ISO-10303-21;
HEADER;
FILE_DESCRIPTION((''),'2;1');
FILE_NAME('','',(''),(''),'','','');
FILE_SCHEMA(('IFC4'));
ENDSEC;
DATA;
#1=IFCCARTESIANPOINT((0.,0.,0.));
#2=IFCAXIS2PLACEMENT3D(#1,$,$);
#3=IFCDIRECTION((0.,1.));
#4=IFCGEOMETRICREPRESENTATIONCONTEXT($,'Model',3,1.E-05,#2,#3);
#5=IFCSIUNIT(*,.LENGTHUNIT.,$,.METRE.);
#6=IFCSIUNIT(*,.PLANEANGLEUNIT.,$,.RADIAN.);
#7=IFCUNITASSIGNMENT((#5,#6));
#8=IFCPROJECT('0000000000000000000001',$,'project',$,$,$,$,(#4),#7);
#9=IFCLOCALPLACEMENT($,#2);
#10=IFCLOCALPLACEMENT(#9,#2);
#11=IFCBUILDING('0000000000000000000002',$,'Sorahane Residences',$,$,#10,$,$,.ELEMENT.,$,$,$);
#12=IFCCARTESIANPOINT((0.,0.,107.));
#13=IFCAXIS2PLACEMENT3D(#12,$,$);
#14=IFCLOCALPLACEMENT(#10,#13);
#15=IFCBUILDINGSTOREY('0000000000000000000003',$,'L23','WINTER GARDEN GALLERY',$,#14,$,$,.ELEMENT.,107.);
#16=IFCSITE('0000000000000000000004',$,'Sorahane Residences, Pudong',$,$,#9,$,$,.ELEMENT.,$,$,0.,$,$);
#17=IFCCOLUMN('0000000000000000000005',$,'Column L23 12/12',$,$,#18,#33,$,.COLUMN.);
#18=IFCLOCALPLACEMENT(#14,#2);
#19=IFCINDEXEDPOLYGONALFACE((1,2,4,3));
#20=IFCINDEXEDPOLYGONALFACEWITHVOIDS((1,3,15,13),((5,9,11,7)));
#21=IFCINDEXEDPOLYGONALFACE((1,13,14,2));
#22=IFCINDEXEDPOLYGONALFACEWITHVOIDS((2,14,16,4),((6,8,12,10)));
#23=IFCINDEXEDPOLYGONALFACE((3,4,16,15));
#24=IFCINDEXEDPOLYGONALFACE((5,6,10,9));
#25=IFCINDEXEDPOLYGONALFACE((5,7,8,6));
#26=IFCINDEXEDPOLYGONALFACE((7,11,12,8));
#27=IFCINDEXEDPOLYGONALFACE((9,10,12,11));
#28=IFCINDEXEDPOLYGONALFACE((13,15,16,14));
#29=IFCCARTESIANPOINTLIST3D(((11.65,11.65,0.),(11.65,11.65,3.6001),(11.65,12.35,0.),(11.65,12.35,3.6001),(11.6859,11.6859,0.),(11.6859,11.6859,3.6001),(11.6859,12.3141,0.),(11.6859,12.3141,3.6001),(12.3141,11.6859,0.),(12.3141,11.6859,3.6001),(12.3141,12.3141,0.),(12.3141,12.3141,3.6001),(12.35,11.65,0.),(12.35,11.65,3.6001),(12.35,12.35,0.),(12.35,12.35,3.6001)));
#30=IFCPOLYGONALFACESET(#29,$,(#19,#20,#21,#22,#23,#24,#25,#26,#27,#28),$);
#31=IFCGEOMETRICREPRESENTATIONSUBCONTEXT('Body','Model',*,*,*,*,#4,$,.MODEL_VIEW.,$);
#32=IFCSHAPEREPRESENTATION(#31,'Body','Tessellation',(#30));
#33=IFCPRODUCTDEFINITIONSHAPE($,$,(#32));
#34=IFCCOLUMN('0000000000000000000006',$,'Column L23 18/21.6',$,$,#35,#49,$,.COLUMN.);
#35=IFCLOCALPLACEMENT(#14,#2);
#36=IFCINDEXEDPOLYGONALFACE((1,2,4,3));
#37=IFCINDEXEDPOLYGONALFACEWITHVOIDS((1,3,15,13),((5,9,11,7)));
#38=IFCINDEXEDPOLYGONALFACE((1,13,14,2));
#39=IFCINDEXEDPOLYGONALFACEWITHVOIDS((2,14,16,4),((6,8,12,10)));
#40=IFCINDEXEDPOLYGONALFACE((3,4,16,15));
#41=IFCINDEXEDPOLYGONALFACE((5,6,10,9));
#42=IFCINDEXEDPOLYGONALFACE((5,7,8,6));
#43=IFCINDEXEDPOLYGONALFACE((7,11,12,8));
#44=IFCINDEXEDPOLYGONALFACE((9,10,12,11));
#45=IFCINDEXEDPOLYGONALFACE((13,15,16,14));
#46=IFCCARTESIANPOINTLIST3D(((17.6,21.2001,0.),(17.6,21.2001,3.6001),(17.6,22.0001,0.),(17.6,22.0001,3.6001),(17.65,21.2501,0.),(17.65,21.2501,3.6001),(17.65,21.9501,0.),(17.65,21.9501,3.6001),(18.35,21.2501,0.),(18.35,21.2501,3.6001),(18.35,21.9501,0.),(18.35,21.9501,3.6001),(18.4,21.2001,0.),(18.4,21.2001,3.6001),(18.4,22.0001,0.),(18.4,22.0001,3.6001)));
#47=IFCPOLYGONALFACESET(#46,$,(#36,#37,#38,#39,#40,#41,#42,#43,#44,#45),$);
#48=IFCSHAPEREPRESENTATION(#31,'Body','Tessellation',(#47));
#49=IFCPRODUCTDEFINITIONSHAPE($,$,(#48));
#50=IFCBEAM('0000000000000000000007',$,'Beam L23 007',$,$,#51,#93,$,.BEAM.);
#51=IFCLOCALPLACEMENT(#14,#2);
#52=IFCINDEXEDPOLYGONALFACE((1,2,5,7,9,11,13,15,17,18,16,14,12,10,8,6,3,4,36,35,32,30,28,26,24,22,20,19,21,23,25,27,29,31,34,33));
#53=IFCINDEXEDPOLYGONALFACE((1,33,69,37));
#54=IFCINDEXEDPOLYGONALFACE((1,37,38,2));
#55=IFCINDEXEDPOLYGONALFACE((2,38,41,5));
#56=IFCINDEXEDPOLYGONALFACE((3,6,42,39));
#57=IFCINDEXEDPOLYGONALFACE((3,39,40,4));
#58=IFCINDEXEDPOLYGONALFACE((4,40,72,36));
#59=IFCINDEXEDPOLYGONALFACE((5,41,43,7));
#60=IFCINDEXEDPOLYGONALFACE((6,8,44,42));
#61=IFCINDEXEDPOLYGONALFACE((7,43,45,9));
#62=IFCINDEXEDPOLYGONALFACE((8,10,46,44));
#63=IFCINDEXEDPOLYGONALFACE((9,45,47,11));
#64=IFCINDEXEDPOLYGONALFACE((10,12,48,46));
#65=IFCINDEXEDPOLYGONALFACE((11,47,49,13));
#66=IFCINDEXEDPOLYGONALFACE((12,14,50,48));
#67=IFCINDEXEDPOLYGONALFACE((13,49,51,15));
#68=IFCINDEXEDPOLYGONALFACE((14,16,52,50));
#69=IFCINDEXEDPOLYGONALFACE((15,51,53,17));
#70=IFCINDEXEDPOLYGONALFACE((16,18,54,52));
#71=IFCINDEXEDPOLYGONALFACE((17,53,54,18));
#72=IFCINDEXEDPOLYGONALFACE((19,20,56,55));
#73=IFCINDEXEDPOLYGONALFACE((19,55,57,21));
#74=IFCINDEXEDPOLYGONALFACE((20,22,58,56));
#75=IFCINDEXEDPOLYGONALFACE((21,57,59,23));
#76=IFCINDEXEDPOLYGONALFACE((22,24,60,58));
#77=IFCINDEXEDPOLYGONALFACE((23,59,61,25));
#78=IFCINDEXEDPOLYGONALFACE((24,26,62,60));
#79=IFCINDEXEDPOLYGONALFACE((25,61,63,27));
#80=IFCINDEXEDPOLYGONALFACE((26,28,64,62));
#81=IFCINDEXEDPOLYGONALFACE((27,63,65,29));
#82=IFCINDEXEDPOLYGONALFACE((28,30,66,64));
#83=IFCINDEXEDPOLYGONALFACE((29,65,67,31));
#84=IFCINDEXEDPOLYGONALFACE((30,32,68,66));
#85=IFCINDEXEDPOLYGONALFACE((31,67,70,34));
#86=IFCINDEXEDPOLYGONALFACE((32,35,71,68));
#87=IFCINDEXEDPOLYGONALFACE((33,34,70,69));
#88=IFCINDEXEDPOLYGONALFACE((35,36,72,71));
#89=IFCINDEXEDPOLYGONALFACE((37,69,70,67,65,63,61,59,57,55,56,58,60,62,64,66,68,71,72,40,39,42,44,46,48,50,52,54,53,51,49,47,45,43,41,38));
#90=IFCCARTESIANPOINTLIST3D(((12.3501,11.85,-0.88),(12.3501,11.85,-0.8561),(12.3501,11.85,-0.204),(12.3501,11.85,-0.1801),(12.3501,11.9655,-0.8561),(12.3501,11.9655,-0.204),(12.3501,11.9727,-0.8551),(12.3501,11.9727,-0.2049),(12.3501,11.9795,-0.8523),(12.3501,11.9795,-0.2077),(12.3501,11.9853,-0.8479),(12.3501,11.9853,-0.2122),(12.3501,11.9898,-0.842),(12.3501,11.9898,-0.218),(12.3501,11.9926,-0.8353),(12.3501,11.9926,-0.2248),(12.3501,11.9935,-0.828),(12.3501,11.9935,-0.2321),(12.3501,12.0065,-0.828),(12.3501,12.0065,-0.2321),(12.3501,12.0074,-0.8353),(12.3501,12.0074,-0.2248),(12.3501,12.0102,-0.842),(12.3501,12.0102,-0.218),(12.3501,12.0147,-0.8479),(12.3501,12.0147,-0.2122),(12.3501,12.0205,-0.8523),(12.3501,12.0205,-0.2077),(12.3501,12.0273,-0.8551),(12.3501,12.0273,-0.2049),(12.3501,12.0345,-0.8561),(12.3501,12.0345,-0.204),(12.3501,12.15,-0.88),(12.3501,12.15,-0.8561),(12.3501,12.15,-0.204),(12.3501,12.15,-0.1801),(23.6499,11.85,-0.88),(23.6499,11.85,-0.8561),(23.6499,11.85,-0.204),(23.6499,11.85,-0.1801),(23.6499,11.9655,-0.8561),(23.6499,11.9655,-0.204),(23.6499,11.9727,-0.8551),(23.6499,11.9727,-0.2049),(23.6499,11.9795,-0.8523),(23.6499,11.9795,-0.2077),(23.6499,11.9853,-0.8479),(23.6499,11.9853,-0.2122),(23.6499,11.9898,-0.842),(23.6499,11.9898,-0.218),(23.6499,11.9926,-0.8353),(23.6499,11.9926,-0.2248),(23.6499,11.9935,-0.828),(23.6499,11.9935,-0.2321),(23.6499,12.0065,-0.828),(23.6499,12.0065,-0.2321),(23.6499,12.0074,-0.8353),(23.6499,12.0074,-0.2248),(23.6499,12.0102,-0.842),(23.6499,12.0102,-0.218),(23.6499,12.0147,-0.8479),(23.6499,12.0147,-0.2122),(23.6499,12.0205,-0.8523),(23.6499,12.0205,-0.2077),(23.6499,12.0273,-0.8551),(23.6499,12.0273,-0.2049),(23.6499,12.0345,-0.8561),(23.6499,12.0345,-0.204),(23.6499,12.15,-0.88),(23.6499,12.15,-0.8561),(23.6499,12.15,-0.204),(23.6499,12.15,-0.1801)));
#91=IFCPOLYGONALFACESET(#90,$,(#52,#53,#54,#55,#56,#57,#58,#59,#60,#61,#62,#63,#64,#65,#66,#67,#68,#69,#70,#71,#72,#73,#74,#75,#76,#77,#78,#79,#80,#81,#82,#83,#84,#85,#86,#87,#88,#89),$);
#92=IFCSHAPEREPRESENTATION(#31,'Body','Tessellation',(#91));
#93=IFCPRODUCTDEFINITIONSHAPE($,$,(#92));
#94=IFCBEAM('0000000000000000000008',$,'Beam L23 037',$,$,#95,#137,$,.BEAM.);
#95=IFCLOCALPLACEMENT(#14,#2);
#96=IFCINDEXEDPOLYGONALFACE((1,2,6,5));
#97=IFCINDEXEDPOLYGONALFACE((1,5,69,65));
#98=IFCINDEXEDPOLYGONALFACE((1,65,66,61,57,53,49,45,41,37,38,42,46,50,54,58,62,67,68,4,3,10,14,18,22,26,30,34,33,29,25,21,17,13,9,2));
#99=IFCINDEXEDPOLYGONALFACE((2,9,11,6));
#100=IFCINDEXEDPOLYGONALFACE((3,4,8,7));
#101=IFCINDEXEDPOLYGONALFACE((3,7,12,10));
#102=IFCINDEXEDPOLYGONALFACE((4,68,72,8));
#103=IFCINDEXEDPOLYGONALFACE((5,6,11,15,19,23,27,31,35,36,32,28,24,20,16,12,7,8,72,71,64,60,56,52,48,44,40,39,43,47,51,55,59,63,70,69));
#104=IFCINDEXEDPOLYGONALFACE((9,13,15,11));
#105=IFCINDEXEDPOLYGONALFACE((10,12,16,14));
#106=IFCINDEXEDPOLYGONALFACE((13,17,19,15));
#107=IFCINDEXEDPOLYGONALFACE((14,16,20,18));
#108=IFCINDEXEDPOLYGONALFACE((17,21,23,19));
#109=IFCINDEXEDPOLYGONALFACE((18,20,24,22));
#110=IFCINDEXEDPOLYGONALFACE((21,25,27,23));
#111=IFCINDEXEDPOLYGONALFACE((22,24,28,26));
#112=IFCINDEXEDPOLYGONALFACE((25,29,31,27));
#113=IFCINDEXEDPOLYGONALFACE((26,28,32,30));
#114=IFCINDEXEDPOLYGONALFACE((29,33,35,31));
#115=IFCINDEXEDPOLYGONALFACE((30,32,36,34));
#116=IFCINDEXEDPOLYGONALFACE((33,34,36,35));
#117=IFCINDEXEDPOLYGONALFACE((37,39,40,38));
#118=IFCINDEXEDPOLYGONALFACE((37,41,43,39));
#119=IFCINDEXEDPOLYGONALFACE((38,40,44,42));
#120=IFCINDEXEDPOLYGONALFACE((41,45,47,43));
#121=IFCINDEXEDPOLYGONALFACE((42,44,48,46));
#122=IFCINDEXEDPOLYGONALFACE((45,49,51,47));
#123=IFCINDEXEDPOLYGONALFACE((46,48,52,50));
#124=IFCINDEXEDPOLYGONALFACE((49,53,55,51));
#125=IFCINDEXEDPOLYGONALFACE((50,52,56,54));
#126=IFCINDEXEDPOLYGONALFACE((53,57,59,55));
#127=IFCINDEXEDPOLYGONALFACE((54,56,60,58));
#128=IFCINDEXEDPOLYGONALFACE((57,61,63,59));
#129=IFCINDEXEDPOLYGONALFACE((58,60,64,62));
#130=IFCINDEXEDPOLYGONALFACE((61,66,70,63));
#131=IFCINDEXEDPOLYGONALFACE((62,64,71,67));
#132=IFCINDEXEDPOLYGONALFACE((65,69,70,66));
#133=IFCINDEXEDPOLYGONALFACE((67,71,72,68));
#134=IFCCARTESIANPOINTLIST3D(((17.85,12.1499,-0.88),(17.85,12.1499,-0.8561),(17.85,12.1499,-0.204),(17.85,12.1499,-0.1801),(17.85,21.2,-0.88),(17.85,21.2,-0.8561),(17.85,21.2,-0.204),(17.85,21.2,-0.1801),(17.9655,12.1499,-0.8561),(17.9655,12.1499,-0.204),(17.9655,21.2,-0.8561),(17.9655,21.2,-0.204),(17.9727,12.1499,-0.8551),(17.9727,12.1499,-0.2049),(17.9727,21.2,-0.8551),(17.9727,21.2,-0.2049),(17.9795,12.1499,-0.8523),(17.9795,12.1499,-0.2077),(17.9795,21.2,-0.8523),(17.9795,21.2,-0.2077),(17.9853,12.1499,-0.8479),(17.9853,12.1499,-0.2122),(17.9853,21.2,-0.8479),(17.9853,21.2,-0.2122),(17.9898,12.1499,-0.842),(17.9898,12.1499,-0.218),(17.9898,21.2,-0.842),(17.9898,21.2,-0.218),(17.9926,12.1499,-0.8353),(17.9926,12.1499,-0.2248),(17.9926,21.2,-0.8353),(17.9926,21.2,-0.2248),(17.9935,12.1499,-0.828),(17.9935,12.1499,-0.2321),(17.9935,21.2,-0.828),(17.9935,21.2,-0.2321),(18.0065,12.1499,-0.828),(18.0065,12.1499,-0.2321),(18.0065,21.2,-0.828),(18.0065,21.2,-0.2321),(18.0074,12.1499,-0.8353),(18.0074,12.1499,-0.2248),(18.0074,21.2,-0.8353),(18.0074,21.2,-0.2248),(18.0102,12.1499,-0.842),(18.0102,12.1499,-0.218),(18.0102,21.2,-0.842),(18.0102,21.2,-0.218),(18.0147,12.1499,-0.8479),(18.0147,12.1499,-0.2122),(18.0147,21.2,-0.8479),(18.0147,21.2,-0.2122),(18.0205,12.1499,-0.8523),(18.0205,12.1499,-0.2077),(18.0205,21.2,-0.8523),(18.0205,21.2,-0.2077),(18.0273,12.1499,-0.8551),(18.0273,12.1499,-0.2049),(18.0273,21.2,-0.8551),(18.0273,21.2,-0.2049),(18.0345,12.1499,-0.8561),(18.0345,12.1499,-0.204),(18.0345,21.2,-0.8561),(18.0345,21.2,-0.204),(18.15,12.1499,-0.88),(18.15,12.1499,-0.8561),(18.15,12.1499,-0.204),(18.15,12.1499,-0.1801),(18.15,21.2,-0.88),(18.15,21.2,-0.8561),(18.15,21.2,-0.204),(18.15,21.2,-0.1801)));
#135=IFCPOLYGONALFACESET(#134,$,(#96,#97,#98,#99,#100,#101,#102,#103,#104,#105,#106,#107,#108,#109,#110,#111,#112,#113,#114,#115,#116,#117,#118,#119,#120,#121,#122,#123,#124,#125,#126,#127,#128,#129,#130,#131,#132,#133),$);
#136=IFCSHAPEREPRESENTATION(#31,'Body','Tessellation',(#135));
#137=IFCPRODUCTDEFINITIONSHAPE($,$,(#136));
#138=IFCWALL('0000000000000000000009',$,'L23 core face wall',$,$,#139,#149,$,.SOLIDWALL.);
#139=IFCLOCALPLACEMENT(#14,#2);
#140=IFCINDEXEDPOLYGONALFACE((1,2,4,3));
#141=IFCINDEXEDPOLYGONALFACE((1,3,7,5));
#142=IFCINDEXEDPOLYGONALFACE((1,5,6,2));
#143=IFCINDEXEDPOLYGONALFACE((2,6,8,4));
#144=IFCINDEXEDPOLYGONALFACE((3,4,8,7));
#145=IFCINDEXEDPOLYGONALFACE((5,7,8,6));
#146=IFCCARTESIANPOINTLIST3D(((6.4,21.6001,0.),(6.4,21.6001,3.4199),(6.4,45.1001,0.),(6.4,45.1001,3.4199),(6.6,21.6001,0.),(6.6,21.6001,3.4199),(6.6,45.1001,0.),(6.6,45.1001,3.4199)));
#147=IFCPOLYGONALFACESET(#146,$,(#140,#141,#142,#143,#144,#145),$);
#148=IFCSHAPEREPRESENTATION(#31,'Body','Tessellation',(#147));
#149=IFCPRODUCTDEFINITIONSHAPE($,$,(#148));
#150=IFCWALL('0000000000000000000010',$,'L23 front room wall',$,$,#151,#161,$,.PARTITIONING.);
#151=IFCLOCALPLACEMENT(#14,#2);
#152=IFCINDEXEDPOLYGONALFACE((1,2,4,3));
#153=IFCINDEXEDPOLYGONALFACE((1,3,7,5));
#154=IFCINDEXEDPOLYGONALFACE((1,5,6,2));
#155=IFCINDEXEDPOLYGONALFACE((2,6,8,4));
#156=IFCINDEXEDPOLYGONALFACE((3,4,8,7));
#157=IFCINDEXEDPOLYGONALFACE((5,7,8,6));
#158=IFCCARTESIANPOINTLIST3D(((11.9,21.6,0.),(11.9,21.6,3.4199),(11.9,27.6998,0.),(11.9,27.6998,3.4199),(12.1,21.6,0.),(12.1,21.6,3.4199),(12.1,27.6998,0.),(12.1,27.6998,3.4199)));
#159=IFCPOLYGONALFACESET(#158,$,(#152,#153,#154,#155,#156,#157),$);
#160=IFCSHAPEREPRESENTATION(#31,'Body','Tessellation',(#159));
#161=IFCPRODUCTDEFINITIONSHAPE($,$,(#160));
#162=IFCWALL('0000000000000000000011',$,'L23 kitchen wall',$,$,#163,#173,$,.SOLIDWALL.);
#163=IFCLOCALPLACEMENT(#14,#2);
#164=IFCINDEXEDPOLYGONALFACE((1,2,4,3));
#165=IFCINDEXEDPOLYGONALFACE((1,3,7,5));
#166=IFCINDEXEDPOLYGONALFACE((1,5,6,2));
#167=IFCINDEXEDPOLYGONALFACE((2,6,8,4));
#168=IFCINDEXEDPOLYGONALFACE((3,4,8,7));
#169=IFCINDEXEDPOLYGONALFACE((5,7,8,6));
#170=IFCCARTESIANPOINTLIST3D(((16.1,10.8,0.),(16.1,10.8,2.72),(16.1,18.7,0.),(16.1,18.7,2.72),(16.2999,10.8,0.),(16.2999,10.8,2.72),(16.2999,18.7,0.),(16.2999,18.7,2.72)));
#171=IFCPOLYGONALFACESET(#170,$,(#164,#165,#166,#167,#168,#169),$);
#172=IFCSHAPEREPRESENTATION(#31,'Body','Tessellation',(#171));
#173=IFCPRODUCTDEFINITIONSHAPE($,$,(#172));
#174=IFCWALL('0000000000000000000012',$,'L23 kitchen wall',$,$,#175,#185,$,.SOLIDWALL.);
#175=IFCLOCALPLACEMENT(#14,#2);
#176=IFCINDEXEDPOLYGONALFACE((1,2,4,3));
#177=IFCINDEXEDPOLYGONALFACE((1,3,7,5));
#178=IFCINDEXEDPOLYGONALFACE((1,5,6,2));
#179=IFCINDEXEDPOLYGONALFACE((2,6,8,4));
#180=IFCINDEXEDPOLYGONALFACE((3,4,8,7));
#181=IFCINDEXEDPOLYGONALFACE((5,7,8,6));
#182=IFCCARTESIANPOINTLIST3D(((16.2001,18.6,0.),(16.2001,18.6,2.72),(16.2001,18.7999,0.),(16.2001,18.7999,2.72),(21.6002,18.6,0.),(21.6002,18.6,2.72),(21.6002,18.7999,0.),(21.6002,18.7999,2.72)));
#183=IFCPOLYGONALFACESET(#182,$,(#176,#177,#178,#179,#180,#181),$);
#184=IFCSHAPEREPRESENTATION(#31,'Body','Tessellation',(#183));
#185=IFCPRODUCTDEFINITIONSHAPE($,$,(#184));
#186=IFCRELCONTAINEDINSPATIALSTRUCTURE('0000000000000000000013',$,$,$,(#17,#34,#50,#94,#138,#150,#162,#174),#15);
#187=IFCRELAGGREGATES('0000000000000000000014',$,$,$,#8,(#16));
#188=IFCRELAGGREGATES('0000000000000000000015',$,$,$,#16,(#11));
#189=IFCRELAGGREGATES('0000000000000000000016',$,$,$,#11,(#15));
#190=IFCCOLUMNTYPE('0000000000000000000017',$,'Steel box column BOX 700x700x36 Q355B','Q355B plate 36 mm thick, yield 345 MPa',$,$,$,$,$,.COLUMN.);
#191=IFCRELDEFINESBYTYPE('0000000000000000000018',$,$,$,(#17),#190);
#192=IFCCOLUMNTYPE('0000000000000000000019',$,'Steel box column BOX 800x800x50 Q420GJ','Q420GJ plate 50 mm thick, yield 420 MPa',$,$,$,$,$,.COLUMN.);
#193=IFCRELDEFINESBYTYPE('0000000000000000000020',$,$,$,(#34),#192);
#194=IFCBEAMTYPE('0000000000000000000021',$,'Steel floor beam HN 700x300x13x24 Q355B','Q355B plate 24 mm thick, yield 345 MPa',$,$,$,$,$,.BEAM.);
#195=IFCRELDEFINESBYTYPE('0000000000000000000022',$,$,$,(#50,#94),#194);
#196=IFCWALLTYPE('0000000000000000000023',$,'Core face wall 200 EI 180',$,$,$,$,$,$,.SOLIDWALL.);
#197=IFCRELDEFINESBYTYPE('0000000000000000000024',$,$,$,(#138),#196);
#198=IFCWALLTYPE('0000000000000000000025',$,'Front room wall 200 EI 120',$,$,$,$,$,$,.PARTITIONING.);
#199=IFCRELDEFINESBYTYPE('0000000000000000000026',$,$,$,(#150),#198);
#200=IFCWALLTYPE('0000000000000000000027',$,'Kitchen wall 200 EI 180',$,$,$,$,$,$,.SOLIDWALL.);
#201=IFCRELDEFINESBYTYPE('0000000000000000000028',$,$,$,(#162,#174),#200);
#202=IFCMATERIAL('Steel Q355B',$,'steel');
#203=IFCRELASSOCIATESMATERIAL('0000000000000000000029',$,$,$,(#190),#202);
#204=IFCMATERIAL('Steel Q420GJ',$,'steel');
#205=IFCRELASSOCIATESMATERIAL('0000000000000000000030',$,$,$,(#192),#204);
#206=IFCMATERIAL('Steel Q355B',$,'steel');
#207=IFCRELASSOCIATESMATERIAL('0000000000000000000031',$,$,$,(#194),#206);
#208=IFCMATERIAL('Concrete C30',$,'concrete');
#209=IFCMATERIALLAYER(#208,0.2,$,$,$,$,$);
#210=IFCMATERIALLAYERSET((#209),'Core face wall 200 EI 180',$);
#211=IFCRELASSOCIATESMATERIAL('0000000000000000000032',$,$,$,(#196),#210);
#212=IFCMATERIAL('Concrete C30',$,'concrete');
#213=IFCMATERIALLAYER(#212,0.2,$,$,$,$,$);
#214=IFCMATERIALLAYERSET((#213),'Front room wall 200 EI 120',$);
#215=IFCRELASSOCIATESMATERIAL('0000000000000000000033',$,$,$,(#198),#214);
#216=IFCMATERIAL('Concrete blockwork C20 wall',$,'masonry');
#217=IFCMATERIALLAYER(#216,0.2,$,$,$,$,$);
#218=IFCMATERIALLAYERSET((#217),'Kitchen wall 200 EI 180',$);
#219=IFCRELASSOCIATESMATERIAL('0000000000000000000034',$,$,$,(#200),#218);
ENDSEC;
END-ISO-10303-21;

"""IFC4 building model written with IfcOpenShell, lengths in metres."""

from ifc_helpers import new_model, si_unit, direction, frame, frame_2d, origin, origin_2d, place, context, subcontext, project, spatial, rectangle, hollow_rectangle, i_section, extrude, material, layer, layer_set, material_profile, profile_set, type_object, element, save


model = new_model("IFC4")

# Units and contexts
model_context = context("Model", 3, precision=1e-05, world=origin(), true_north=direction((0.0, 1.0)))
body_context = subcontext(model_context, "Body", "Model", "MODEL_VIEW")
ifc_project = project(units=[si_unit("LENGTHUNIT", "METRE"), si_unit("PLANEANGLEUNIT", "RADIAN")], contexts=[model_context])

# Site, building, storey
site_placement = place(None, origin())
site = spatial("IfcSite", under=ifc_project, at=site_placement, Name="Sorahane Residences, Pudong", CompositionType="ELEMENT", RefElevation=0.0)
building_placement = place(site_placement, origin())
building = spatial("IfcBuilding", under=site, at=building_placement, Name="Sorahane Residences", CompositionType="ELEMENT")
storey_placement = place(building_placement, frame((0.0, 0.0, 107.0)))
storey = spatial("IfcBuildingStorey", under=building, at=storey_placement, Name="L23", Description="WINTER GARDEN GALLERY", CompositionType="ELEMENT", Elevation=107.0)

# Columns
ifc_material_1 = material(Name="Steel Q355B", Category="steel")
ifc_material_profile_1 = material_profile(ifc_material_1, hollow_rectangle(XDim=0.7, YDim=0.7, WallThickness=0.0359, at=origin_2d()), Name="BOX 700x700x36")
ifc_profile_set_1 = profile_set([ifc_material_profile_1], Name="Steel Q355B")
column_type_1 = type_object("IfcColumnType", Name="Steel box column BOX 700x700x36 Q355B", Description="Q355B plate 36 mm thick, yield 345 MPa", PredefinedType="COLUMN", material=ifc_profile_set_1)
column_1_placement = place(storey_placement, frame((12.0, 12.0, 0.0), z_axis=(0.0, 0.0, 1.0), x_axis=(1.0, 0.0, 0.0)))
element("IfcColumn", 1, at=column_1_placement, inside=storey, type_object=column_type_1, Name="Column L23 12/12", PredefinedType="COLUMN", context=body_context, shape_type="SweptSolid", body=[
    extrude(hollow_rectangle(XDim=0.7, YDim=0.7, WallThickness=0.0359, at=origin_2d()), origin(), (0.0, 0.0, 1.0), 3.6001),
])
ifc_material_2 = material(Name="Steel Q420GJ", Category="steel")
ifc_material_profile_2 = material_profile(ifc_material_2, hollow_rectangle(XDim=0.8, YDim=0.8, WallThickness=0.05, at=origin_2d()), Name="BOX 800x800x50")
ifc_profile_set_2 = profile_set([ifc_material_profile_2], Name="Steel Q420GJ")
column_type_2 = type_object("IfcColumnType", Name="Steel box column BOX 800x800x50 Q420GJ", Description="Q420GJ plate 50 mm thick, yield 420 MPa", PredefinedType="COLUMN", material=ifc_profile_set_2)
column_2_placement = place(storey_placement, frame((18.0, 21.6001, 0.0), z_axis=(0.0, 0.0, 1.0), x_axis=(1.0, 0.0, 0.0)))
element("IfcColumn", 2, at=column_2_placement, inside=storey, type_object=column_type_2, Name="Column L23 18/21.6", PredefinedType="COLUMN", context=body_context, shape_type="SweptSolid", body=[
    extrude(hollow_rectangle(XDim=0.8, YDim=0.8, WallThickness=0.05, at=origin_2d()), origin(), (0.0, 0.0, 1.0), 3.6001),
])

# Beams
ifc_material_3 = material(Name="Steel Q355B", Category="steel")
ifc_material_profile_3 = material_profile(ifc_material_3, i_section(OverallWidth=0.3, OverallDepth=0.7, WebThickness=0.0129, FlangeThickness=0.0239, FilletRadius=0.0281, at=origin_2d()), Name="HN 700x300x13x24")
ifc_profile_set_3 = profile_set([ifc_material_profile_3], Name="Steel Q355B")
beam_type = type_object("IfcBeamType", Name="Steel floor beam HN 700x300x13x24 Q355B", Description="Q355B plate 24 mm thick, yield 345 MPa", PredefinedType="BEAM", material=ifc_profile_set_3)
beam_1_placement = place(storey_placement, frame((12.3501, 12.0, -0.53), z_axis=(1.0, 0.0, 0.0), x_axis=(0.0, 1.0, 0.0)))
element("IfcBeam", 3, at=beam_1_placement, inside=storey, type_object=beam_type, Name="Beam L23 007", PredefinedType="BEAM", context=body_context, shape_type="SweptSolid", body=[
    extrude(i_section(OverallWidth=0.3, OverallDepth=0.7, WebThickness=0.0129, FlangeThickness=0.0239, FilletRadius=0.0281, at=origin_2d()), origin(), (0.0, 0.0, 1.0), 11.2998),
])
beam_2_placement = place(storey_placement, frame((18.0, 12.1499, -0.53), z_axis=(0.0, 1.0, 0.0), x_axis=(-1.0, 0.0, 0.0)))
element("IfcBeam", 4, at=beam_2_placement, inside=storey, type_object=beam_type, Name="Beam L23 037", PredefinedType="BEAM", context=body_context, shape_type="SweptSolid", body=[
    extrude(i_section(OverallWidth=0.3, OverallDepth=0.7, WebThickness=0.0129, FlangeThickness=0.0239, FilletRadius=0.0281, at=origin_2d()), origin(), (0.0, 0.0, 1.0), 9.05),
])

# Walls
ifc_material_4 = material(Name="Concrete C30", Category="concrete")
ifc_layer_1 = layer(ifc_material_4, 0.2)
ifc_layer_set_1 = layer_set([ifc_layer_1], Name="Core face wall 200 EI 180")
wall_type_1 = type_object("IfcWallType", Name="Core face wall 200 EI 180", PredefinedType="SOLIDWALL", material=ifc_layer_set_1)
wall_1_placement = place(storey_placement, frame((6.5, 21.6001, 0.0), z_axis=(0.0, 0.0, 1.0), x_axis=(0.0, 1.0, 0.0)))
element("IfcWall", 5, at=wall_1_placement, inside=storey, type_object=wall_type_1, Name="L23 core face wall", PredefinedType="SOLIDWALL", context=body_context, shape_type="SweptSolid", body=[
    extrude(rectangle(XDim=23.5, YDim=0.2, at=frame_2d((11.75, 0.0))), origin(), (0.0, 0.0, 1.0), 3.4199),
])
ifc_material_5 = material(Name="Concrete C30", Category="concrete")
ifc_layer_2 = layer(ifc_material_5, 0.2)
ifc_layer_set_2 = layer_set([ifc_layer_2], Name="Front room wall 200 EI 120")
wall_type_2 = type_object("IfcWallType", Name="Front room wall 200 EI 120", PredefinedType="PARTITIONING", material=ifc_layer_set_2)
wall_2_placement = place(storey_placement, frame((12.0, 21.6001, 0.0), z_axis=(0.0, 0.0, 1.0), x_axis=(0.0, 1.0, 0.0)))
element("IfcWall", 6, at=wall_2_placement, inside=storey, type_object=wall_type_2, Name="L23 front room wall", PredefinedType="PARTITIONING", context=body_context, shape_type="SweptSolid", body=[
    extrude(rectangle(XDim=6.0999, YDim=0.2, at=frame_2d((3.0498, 0.0))), origin(), (0.0, 0.0, 1.0), 3.4199),
])
ifc_material_6 = material(Name="Concrete blockwork C20 wall", Category="masonry")
ifc_layer_3 = layer(ifc_material_6, 0.2)
ifc_layer_set_3 = layer_set([ifc_layer_3], Name="Kitchen wall 200 EI 180")
wall_type_3 = type_object("IfcWallType", Name="Kitchen wall 200 EI 180", PredefinedType="SOLIDWALL", material=ifc_layer_set_3)
wall_3_placement = place(storey_placement, frame((16.2, 10.8, 0.0), z_axis=(0.0, 0.0, 1.0), x_axis=(0.0, 1.0, 0.0)))
element("IfcWall", 7, at=wall_3_placement, inside=storey, type_object=wall_type_3, Name="L23 kitchen wall", PredefinedType="SOLIDWALL", context=body_context, shape_type="SweptSolid", body=[
    extrude(rectangle(XDim=7.8999, YDim=0.2, at=frame_2d((3.95, 0.0))), origin(), (0.0, 0.0, 1.0), 2.72),
])

# Wall
wall_4_placement = place(storey_placement, frame((16.2, 18.7, 0.0), z_axis=(0.0, 0.0, 1.0), x_axis=(1.0, 0.0, 0.0)))
element("IfcWall", 8, at=wall_4_placement, inside=storey, type_object=wall_type_3, Name="L23 kitchen wall", PredefinedType="SOLIDWALL", context=body_context, shape_type="SweptSolid", body=[
    extrude(rectangle(XDim=5.4001, YDim=0.2, at=frame_2d((2.7002, 0.0))), origin(), (0.0, 0.0, 1.0), 2.72),
])

save(model, "model.ifc")
